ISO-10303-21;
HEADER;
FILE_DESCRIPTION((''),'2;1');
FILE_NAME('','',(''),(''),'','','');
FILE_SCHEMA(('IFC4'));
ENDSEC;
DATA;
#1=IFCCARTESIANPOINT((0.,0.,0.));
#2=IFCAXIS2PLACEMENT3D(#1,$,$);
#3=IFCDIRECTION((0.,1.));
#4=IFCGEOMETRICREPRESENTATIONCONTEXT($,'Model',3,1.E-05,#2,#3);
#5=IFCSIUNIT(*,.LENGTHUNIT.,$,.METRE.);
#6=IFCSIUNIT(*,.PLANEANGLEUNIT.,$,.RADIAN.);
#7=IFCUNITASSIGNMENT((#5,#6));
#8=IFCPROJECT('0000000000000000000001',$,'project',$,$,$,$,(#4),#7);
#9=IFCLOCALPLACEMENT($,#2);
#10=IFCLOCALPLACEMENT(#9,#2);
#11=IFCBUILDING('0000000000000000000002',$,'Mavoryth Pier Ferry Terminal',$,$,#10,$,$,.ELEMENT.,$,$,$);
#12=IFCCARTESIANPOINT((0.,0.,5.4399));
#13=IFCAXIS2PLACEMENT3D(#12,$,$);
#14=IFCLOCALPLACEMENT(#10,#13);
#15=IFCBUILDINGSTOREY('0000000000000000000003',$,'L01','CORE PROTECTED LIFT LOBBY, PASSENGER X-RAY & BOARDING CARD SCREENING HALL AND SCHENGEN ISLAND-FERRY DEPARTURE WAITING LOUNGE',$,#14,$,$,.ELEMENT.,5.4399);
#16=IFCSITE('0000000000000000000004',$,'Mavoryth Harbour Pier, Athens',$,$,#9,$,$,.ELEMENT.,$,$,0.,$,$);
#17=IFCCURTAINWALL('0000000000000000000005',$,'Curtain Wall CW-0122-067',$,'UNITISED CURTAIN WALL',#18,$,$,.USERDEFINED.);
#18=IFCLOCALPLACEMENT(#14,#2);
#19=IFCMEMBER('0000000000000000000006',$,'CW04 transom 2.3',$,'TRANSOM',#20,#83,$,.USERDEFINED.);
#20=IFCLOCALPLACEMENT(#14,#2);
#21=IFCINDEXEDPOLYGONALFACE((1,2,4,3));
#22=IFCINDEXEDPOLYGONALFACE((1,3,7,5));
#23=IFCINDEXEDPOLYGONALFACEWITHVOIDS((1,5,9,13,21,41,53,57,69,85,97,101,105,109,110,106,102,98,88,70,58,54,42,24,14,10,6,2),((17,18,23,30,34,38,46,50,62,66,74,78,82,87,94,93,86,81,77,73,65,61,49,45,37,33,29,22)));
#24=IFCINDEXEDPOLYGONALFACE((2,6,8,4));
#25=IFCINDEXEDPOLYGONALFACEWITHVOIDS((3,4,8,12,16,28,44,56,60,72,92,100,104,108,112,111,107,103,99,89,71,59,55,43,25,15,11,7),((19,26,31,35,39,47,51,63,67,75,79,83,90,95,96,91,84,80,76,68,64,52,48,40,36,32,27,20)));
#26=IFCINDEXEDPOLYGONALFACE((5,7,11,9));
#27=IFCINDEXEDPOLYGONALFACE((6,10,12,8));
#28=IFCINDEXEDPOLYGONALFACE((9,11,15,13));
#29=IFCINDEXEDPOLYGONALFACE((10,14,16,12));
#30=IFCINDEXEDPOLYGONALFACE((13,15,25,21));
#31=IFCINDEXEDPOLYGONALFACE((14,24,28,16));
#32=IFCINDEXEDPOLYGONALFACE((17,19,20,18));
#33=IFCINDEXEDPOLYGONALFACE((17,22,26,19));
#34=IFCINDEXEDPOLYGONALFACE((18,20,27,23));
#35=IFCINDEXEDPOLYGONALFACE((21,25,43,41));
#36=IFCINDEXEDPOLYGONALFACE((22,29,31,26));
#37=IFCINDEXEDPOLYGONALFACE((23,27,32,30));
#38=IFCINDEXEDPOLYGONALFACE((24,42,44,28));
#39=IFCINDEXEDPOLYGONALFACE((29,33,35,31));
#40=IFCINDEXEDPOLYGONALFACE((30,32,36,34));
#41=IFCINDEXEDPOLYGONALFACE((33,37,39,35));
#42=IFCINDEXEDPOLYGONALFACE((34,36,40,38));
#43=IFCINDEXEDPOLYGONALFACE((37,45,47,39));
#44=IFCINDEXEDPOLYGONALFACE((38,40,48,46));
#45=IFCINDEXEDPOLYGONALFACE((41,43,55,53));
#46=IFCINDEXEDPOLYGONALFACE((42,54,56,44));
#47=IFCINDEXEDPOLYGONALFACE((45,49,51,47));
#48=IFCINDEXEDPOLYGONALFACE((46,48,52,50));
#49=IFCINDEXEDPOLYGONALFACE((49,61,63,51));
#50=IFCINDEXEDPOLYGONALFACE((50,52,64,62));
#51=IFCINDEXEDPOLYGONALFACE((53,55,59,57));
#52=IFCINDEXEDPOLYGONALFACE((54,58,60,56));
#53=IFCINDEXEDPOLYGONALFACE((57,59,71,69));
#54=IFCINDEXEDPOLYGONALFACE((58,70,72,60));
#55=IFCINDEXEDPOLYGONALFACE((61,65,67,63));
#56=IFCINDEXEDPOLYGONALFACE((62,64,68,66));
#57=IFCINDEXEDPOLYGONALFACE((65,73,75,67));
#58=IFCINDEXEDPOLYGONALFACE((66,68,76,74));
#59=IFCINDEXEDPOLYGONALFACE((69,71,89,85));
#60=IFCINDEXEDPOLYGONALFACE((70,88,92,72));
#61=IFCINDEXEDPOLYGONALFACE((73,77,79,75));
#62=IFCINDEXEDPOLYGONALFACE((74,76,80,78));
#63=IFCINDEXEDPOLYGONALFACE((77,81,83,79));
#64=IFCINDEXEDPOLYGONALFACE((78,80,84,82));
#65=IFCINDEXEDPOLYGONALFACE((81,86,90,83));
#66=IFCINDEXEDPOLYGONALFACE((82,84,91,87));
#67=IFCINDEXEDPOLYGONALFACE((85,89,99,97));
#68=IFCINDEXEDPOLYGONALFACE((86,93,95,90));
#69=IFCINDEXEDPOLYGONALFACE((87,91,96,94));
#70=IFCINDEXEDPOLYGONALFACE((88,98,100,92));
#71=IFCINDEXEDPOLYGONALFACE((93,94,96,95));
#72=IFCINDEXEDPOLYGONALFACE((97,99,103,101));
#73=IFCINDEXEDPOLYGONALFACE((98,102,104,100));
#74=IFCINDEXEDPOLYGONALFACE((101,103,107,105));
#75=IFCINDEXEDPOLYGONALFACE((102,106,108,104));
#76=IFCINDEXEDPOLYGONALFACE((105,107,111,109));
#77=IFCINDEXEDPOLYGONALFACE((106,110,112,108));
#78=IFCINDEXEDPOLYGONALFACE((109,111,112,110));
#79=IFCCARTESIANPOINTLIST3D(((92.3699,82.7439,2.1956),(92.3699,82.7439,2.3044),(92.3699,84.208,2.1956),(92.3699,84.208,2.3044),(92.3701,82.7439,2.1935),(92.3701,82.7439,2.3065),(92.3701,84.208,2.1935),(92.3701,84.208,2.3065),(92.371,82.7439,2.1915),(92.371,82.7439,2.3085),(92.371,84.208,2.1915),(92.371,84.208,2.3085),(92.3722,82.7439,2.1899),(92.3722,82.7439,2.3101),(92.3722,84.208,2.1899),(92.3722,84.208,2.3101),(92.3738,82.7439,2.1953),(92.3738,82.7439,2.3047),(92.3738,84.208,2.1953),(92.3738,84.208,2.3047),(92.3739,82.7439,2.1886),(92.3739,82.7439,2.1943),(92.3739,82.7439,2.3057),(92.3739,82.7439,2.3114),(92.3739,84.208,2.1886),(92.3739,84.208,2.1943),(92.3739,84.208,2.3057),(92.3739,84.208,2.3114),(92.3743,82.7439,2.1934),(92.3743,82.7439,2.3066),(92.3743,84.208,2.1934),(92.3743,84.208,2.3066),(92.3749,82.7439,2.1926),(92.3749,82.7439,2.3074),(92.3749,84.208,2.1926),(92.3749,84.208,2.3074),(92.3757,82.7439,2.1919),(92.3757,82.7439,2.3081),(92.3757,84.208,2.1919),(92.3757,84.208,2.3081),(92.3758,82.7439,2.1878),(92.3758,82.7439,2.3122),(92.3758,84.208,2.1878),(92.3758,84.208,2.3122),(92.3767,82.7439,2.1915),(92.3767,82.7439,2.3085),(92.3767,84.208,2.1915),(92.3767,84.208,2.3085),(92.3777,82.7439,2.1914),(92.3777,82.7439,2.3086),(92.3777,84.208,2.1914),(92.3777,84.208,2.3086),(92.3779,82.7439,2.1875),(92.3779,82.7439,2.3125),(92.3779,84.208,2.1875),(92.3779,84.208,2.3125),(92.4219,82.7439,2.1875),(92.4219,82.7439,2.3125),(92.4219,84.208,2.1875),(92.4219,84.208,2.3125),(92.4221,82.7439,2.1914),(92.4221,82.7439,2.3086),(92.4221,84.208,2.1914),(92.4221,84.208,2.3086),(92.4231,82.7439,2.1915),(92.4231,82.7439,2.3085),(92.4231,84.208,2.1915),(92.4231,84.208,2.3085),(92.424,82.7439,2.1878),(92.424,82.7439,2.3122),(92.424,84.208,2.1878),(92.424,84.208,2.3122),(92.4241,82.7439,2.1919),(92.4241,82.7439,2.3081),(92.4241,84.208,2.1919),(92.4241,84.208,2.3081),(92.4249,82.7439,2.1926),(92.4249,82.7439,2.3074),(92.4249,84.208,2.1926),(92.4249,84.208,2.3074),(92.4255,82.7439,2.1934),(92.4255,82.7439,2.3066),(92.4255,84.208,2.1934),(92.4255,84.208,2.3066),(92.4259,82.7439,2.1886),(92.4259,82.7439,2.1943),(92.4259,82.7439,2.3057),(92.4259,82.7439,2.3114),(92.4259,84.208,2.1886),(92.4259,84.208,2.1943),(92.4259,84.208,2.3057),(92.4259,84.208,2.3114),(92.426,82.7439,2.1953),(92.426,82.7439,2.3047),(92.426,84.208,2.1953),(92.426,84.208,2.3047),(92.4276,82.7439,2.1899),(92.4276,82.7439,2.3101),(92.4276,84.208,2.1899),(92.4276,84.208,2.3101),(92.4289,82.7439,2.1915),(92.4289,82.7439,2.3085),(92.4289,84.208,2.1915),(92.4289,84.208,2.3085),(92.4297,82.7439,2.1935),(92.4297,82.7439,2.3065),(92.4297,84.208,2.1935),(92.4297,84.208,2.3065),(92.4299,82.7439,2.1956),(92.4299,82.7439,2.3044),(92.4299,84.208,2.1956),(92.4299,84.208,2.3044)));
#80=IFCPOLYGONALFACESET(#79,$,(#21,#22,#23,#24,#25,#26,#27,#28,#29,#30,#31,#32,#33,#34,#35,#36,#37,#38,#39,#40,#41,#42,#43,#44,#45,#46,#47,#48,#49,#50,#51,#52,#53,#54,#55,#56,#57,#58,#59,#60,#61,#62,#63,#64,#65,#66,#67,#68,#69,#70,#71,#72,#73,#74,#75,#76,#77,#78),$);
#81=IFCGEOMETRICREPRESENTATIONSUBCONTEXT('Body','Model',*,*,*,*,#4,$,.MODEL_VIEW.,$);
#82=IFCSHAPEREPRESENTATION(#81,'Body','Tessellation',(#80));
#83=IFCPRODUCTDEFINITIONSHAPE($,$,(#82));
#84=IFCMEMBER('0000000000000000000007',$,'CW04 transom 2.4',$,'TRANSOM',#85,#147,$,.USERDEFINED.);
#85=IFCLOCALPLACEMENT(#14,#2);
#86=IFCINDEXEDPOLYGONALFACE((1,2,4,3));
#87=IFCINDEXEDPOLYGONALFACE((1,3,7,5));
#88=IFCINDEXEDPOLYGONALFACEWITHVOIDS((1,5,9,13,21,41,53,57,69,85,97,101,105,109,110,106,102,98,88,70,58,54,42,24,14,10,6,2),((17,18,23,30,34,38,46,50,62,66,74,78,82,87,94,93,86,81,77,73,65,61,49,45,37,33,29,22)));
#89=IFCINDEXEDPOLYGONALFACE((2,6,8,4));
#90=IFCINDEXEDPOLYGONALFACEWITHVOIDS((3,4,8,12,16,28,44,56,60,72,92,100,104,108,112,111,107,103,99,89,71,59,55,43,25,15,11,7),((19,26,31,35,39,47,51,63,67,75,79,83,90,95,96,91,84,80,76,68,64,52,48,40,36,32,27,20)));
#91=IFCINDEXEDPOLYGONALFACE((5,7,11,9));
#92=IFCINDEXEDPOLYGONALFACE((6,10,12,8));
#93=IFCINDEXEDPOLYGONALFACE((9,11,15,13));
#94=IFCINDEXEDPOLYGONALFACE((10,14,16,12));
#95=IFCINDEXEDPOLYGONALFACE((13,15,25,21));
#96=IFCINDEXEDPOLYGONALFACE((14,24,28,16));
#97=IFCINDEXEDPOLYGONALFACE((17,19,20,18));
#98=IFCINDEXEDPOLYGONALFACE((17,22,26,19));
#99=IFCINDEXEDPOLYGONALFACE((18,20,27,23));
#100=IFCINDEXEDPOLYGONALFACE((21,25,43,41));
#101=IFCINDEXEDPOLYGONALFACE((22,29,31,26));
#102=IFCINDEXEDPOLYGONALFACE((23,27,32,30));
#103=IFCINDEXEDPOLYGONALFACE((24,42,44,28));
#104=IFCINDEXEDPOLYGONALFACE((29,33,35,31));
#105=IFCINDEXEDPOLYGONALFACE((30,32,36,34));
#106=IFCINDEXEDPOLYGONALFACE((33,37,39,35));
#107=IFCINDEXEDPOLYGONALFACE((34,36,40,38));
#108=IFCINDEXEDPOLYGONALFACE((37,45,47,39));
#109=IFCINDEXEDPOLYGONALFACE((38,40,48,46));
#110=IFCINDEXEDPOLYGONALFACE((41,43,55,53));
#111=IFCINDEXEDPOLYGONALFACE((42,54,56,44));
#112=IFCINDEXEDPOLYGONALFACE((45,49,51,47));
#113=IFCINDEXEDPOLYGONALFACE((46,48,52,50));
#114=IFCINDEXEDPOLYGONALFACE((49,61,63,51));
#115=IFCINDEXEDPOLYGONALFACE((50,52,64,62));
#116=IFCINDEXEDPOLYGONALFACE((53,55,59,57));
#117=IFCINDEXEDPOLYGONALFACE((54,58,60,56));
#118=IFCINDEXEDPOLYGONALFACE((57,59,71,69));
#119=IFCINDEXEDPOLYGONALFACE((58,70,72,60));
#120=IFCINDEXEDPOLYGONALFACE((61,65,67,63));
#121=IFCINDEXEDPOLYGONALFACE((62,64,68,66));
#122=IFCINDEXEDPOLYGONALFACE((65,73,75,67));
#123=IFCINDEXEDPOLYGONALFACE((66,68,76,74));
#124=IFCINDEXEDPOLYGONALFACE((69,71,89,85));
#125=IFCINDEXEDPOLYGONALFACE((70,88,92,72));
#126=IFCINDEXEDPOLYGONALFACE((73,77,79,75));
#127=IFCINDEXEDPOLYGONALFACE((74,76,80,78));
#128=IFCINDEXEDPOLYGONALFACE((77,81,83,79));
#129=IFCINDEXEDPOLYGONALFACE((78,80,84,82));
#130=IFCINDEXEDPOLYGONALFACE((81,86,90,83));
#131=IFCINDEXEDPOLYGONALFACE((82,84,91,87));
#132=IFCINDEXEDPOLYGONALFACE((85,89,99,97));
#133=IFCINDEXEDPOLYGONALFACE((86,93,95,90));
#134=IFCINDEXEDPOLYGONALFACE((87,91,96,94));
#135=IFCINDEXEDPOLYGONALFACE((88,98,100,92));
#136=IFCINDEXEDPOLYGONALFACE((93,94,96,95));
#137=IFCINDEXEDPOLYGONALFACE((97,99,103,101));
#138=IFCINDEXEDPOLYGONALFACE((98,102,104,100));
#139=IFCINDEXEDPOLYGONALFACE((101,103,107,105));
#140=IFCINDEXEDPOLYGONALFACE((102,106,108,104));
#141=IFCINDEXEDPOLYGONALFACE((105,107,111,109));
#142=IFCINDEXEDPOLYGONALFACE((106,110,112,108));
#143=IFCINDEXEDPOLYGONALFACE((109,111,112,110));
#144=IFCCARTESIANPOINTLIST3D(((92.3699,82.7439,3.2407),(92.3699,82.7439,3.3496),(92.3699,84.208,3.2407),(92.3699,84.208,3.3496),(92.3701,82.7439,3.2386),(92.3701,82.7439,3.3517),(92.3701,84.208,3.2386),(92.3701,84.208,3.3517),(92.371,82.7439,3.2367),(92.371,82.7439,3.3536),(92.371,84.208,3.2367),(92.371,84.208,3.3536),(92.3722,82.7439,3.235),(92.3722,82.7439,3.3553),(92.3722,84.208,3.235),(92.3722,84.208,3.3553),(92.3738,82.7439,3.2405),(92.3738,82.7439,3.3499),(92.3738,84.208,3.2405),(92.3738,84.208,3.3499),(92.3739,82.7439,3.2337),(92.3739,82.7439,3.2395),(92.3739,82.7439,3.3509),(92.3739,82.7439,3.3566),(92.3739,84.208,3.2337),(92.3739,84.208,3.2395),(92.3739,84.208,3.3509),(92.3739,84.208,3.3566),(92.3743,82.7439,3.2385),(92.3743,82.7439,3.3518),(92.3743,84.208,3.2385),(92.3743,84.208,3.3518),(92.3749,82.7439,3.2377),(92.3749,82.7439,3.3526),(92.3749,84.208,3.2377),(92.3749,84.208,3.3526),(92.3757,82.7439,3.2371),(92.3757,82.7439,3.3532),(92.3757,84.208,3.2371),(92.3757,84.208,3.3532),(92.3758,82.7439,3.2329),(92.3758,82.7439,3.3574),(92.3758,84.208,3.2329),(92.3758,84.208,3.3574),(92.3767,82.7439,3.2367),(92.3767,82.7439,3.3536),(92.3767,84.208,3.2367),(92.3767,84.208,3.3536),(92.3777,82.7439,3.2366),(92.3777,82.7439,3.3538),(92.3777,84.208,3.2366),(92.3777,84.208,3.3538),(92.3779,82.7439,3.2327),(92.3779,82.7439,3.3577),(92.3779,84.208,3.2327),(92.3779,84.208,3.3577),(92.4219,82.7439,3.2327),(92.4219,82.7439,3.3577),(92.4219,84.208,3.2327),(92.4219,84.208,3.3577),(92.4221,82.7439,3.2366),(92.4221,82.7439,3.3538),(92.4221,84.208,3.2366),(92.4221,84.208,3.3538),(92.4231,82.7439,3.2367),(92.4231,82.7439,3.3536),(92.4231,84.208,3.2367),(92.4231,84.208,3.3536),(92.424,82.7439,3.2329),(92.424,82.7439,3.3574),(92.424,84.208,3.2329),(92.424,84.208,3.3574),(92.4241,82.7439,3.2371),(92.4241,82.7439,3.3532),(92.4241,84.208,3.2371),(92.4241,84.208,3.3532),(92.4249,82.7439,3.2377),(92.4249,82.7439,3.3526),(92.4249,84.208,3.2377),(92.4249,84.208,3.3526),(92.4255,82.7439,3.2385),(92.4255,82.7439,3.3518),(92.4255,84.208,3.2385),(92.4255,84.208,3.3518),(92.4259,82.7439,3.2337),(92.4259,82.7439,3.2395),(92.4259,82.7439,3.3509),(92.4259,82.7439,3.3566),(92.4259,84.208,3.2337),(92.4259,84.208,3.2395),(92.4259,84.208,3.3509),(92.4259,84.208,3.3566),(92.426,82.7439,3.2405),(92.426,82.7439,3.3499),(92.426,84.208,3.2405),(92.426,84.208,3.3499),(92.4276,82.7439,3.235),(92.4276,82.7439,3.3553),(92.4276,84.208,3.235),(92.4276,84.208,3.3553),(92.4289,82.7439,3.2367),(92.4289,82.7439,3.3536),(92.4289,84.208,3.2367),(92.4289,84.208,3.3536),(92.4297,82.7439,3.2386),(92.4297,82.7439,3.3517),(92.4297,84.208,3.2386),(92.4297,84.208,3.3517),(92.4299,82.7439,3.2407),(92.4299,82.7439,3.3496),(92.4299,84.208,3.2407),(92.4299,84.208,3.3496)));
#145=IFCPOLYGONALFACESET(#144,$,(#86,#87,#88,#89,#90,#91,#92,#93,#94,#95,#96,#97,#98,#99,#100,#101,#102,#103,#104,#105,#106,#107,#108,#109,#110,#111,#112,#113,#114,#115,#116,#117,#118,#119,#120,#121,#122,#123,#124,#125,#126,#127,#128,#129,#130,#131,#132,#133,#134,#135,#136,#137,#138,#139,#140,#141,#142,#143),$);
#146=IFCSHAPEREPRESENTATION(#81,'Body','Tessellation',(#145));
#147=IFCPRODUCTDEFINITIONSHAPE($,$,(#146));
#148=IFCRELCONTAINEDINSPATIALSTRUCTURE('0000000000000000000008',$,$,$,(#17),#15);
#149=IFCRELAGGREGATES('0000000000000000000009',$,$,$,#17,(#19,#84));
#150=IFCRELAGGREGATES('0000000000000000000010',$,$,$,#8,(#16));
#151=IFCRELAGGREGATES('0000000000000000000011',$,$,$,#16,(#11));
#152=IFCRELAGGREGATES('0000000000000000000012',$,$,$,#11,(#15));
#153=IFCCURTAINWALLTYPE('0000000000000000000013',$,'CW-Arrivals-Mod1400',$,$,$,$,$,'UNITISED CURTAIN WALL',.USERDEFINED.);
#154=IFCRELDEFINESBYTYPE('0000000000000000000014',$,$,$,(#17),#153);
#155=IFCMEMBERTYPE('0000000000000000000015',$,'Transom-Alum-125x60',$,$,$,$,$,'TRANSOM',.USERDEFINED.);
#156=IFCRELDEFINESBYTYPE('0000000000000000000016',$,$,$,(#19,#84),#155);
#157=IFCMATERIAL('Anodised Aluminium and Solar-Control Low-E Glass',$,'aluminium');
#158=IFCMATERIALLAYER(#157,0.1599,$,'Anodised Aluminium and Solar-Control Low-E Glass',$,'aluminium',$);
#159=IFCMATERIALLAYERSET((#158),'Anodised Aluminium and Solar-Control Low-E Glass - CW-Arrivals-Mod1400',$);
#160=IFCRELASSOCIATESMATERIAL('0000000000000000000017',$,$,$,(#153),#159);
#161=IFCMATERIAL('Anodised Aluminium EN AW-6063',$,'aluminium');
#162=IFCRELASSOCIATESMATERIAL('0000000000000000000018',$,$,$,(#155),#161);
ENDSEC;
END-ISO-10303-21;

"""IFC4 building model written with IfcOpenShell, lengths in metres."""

from ifc_helpers import new_model, si_unit, direction, frame, origin, origin_2d, place, context, subcontext, project, spatial, hollow_rectangle, extrude, material, layer, layer_set, material_profile, profile_set, type_object, element, aggregate, save


model = new_model("IFC4")

# Units and contexts
model_context = context("Model", 3, precision=1e-05, world=origin(), true_north=direction((0.0, 1.0)))
body_context = subcontext(model_context, "Body", "Model", "MODEL_VIEW")
ifc_project = project(units=[si_unit("LENGTHUNIT", "METRE"), si_unit("PLANEANGLEUNIT", "RADIAN")], contexts=[model_context])

# Site, building, storey
site_placement = place(None, origin())
site = spatial("IfcSite", under=ifc_project, at=site_placement, Name="Mavoryth Harbour Pier, Athens", CompositionType="ELEMENT", RefElevation=0.0)
building_placement = place(site_placement, origin())
building = spatial("IfcBuilding", under=site, at=building_placement, Name="Mavoryth Pier Ferry Terminal", CompositionType="ELEMENT")
storey_placement = place(building_placement, frame((0.0, 0.0, 5.4399)))
storey = spatial("IfcBuildingStorey", under=building, at=storey_placement, Name="L01", Description="CORE PROTECTED LIFT LOBBY, PASSENGER X-RAY & BOARDING CARD SCREENING HALL AND SCHENGEN ISLAND-FERRY DEPARTURE WAITING LOUNGE", CompositionType="ELEMENT", Elevation=5.4399)

# Curtain wall
ifc_material_1 = material(Name="Anodised Aluminium and Solar-Control Low-E Glass", Category="aluminium")
ifc_layer_1 = layer(ifc_material_1, 0.1599, Name="Anodised Aluminium and Solar-Control Low-E Glass", Category="aluminium")
ifc_layer_set_1 = layer_set([ifc_layer_1], Name="Anodised Aluminium and Solar-Control Low-E Glass - CW-Arrivals-Mod1400")
curtain_wall_type = type_object("IfcCurtainWallType", Name="CW-Arrivals-Mod1400", ElementType="UNITISED CURTAIN WALL", PredefinedType="USERDEFINED", material=ifc_layer_set_1)
curtain_wall_1_placement = place(storey_placement, origin())
curtain_wall_1 = element("IfcCurtainWall", 1, at=curtain_wall_1_placement, inside=storey, type_object=curtain_wall_type, Name="Curtain Wall CW-0122-067", ObjectType="UNITISED CURTAIN WALL", PredefinedType="USERDEFINED")
ifc_material_2 = material(Name="Anodised Aluminium EN AW-6063", Category="aluminium")

# Members
ifc_material_profile_1 = material_profile(ifc_material_2, hollow_rectangle(XDim=0.0601, YDim=0.125, WallThickness=0.0039, InnerFilletRadius=0.0039, OuterFilletRadius=0.0081, at=origin_2d()), Name="AL-TRAN 125x60x4", Category="aluminium")
ifc_profile_set_1 = profile_set([ifc_material_profile_1], Name="Anodised Aluminium EN AW-6063 - AL-TRAN 125x60x4")
member_type_1 = type_object("IfcMemberType", Name="Transom-Alum-125x60", ElementType="TRANSOM", PredefinedType="USERDEFINED", material=ifc_profile_set_1)
member_1_placement = place(storey_placement, frame((92.3999, 82.7439, 2.25), z_axis=(0.0, 1.0, 0.0), x_axis=(-1.0, 0.0, 0.0)))
member_1 = element("IfcMember", 2, at=member_1_placement, type_object=member_type_1, Name="CW04 transom 2.3", ObjectType="TRANSOM", PredefinedType="USERDEFINED", context=body_context, shape_type="SweptSolid", body=[
    extrude(hollow_rectangle(XDim=0.0601, YDim=0.125, WallThickness=0.0039, InnerFilletRadius=0.0039, OuterFilletRadius=0.0081, at=origin_2d()), origin(), (0.0, 0.0, 1.0), 1.4641),
])
member_2_placement = place(storey_placement, frame((92.3999, 82.7439, 3.2952), z_axis=(0.0, 1.0, 0.0), x_axis=(-1.0, 0.0, 0.0)))
member_2 = element("IfcMember", 3, at=member_2_placement, type_object=member_type_1, Name="CW04 transom 2.4", ObjectType="TRANSOM", PredefinedType="USERDEFINED", context=body_context, shape_type="SweptSolid", body=[
    extrude(hollow_rectangle(XDim=0.0601, YDim=0.125, WallThickness=0.0039, InnerFilletRadius=0.0039, OuterFilletRadius=0.0081, at=origin_2d()), origin(), (0.0, 0.0, 1.0), 1.4641),
])

aggregate(curtain_wall_1, [member_1, member_2])

save(model, "model.ifc")
